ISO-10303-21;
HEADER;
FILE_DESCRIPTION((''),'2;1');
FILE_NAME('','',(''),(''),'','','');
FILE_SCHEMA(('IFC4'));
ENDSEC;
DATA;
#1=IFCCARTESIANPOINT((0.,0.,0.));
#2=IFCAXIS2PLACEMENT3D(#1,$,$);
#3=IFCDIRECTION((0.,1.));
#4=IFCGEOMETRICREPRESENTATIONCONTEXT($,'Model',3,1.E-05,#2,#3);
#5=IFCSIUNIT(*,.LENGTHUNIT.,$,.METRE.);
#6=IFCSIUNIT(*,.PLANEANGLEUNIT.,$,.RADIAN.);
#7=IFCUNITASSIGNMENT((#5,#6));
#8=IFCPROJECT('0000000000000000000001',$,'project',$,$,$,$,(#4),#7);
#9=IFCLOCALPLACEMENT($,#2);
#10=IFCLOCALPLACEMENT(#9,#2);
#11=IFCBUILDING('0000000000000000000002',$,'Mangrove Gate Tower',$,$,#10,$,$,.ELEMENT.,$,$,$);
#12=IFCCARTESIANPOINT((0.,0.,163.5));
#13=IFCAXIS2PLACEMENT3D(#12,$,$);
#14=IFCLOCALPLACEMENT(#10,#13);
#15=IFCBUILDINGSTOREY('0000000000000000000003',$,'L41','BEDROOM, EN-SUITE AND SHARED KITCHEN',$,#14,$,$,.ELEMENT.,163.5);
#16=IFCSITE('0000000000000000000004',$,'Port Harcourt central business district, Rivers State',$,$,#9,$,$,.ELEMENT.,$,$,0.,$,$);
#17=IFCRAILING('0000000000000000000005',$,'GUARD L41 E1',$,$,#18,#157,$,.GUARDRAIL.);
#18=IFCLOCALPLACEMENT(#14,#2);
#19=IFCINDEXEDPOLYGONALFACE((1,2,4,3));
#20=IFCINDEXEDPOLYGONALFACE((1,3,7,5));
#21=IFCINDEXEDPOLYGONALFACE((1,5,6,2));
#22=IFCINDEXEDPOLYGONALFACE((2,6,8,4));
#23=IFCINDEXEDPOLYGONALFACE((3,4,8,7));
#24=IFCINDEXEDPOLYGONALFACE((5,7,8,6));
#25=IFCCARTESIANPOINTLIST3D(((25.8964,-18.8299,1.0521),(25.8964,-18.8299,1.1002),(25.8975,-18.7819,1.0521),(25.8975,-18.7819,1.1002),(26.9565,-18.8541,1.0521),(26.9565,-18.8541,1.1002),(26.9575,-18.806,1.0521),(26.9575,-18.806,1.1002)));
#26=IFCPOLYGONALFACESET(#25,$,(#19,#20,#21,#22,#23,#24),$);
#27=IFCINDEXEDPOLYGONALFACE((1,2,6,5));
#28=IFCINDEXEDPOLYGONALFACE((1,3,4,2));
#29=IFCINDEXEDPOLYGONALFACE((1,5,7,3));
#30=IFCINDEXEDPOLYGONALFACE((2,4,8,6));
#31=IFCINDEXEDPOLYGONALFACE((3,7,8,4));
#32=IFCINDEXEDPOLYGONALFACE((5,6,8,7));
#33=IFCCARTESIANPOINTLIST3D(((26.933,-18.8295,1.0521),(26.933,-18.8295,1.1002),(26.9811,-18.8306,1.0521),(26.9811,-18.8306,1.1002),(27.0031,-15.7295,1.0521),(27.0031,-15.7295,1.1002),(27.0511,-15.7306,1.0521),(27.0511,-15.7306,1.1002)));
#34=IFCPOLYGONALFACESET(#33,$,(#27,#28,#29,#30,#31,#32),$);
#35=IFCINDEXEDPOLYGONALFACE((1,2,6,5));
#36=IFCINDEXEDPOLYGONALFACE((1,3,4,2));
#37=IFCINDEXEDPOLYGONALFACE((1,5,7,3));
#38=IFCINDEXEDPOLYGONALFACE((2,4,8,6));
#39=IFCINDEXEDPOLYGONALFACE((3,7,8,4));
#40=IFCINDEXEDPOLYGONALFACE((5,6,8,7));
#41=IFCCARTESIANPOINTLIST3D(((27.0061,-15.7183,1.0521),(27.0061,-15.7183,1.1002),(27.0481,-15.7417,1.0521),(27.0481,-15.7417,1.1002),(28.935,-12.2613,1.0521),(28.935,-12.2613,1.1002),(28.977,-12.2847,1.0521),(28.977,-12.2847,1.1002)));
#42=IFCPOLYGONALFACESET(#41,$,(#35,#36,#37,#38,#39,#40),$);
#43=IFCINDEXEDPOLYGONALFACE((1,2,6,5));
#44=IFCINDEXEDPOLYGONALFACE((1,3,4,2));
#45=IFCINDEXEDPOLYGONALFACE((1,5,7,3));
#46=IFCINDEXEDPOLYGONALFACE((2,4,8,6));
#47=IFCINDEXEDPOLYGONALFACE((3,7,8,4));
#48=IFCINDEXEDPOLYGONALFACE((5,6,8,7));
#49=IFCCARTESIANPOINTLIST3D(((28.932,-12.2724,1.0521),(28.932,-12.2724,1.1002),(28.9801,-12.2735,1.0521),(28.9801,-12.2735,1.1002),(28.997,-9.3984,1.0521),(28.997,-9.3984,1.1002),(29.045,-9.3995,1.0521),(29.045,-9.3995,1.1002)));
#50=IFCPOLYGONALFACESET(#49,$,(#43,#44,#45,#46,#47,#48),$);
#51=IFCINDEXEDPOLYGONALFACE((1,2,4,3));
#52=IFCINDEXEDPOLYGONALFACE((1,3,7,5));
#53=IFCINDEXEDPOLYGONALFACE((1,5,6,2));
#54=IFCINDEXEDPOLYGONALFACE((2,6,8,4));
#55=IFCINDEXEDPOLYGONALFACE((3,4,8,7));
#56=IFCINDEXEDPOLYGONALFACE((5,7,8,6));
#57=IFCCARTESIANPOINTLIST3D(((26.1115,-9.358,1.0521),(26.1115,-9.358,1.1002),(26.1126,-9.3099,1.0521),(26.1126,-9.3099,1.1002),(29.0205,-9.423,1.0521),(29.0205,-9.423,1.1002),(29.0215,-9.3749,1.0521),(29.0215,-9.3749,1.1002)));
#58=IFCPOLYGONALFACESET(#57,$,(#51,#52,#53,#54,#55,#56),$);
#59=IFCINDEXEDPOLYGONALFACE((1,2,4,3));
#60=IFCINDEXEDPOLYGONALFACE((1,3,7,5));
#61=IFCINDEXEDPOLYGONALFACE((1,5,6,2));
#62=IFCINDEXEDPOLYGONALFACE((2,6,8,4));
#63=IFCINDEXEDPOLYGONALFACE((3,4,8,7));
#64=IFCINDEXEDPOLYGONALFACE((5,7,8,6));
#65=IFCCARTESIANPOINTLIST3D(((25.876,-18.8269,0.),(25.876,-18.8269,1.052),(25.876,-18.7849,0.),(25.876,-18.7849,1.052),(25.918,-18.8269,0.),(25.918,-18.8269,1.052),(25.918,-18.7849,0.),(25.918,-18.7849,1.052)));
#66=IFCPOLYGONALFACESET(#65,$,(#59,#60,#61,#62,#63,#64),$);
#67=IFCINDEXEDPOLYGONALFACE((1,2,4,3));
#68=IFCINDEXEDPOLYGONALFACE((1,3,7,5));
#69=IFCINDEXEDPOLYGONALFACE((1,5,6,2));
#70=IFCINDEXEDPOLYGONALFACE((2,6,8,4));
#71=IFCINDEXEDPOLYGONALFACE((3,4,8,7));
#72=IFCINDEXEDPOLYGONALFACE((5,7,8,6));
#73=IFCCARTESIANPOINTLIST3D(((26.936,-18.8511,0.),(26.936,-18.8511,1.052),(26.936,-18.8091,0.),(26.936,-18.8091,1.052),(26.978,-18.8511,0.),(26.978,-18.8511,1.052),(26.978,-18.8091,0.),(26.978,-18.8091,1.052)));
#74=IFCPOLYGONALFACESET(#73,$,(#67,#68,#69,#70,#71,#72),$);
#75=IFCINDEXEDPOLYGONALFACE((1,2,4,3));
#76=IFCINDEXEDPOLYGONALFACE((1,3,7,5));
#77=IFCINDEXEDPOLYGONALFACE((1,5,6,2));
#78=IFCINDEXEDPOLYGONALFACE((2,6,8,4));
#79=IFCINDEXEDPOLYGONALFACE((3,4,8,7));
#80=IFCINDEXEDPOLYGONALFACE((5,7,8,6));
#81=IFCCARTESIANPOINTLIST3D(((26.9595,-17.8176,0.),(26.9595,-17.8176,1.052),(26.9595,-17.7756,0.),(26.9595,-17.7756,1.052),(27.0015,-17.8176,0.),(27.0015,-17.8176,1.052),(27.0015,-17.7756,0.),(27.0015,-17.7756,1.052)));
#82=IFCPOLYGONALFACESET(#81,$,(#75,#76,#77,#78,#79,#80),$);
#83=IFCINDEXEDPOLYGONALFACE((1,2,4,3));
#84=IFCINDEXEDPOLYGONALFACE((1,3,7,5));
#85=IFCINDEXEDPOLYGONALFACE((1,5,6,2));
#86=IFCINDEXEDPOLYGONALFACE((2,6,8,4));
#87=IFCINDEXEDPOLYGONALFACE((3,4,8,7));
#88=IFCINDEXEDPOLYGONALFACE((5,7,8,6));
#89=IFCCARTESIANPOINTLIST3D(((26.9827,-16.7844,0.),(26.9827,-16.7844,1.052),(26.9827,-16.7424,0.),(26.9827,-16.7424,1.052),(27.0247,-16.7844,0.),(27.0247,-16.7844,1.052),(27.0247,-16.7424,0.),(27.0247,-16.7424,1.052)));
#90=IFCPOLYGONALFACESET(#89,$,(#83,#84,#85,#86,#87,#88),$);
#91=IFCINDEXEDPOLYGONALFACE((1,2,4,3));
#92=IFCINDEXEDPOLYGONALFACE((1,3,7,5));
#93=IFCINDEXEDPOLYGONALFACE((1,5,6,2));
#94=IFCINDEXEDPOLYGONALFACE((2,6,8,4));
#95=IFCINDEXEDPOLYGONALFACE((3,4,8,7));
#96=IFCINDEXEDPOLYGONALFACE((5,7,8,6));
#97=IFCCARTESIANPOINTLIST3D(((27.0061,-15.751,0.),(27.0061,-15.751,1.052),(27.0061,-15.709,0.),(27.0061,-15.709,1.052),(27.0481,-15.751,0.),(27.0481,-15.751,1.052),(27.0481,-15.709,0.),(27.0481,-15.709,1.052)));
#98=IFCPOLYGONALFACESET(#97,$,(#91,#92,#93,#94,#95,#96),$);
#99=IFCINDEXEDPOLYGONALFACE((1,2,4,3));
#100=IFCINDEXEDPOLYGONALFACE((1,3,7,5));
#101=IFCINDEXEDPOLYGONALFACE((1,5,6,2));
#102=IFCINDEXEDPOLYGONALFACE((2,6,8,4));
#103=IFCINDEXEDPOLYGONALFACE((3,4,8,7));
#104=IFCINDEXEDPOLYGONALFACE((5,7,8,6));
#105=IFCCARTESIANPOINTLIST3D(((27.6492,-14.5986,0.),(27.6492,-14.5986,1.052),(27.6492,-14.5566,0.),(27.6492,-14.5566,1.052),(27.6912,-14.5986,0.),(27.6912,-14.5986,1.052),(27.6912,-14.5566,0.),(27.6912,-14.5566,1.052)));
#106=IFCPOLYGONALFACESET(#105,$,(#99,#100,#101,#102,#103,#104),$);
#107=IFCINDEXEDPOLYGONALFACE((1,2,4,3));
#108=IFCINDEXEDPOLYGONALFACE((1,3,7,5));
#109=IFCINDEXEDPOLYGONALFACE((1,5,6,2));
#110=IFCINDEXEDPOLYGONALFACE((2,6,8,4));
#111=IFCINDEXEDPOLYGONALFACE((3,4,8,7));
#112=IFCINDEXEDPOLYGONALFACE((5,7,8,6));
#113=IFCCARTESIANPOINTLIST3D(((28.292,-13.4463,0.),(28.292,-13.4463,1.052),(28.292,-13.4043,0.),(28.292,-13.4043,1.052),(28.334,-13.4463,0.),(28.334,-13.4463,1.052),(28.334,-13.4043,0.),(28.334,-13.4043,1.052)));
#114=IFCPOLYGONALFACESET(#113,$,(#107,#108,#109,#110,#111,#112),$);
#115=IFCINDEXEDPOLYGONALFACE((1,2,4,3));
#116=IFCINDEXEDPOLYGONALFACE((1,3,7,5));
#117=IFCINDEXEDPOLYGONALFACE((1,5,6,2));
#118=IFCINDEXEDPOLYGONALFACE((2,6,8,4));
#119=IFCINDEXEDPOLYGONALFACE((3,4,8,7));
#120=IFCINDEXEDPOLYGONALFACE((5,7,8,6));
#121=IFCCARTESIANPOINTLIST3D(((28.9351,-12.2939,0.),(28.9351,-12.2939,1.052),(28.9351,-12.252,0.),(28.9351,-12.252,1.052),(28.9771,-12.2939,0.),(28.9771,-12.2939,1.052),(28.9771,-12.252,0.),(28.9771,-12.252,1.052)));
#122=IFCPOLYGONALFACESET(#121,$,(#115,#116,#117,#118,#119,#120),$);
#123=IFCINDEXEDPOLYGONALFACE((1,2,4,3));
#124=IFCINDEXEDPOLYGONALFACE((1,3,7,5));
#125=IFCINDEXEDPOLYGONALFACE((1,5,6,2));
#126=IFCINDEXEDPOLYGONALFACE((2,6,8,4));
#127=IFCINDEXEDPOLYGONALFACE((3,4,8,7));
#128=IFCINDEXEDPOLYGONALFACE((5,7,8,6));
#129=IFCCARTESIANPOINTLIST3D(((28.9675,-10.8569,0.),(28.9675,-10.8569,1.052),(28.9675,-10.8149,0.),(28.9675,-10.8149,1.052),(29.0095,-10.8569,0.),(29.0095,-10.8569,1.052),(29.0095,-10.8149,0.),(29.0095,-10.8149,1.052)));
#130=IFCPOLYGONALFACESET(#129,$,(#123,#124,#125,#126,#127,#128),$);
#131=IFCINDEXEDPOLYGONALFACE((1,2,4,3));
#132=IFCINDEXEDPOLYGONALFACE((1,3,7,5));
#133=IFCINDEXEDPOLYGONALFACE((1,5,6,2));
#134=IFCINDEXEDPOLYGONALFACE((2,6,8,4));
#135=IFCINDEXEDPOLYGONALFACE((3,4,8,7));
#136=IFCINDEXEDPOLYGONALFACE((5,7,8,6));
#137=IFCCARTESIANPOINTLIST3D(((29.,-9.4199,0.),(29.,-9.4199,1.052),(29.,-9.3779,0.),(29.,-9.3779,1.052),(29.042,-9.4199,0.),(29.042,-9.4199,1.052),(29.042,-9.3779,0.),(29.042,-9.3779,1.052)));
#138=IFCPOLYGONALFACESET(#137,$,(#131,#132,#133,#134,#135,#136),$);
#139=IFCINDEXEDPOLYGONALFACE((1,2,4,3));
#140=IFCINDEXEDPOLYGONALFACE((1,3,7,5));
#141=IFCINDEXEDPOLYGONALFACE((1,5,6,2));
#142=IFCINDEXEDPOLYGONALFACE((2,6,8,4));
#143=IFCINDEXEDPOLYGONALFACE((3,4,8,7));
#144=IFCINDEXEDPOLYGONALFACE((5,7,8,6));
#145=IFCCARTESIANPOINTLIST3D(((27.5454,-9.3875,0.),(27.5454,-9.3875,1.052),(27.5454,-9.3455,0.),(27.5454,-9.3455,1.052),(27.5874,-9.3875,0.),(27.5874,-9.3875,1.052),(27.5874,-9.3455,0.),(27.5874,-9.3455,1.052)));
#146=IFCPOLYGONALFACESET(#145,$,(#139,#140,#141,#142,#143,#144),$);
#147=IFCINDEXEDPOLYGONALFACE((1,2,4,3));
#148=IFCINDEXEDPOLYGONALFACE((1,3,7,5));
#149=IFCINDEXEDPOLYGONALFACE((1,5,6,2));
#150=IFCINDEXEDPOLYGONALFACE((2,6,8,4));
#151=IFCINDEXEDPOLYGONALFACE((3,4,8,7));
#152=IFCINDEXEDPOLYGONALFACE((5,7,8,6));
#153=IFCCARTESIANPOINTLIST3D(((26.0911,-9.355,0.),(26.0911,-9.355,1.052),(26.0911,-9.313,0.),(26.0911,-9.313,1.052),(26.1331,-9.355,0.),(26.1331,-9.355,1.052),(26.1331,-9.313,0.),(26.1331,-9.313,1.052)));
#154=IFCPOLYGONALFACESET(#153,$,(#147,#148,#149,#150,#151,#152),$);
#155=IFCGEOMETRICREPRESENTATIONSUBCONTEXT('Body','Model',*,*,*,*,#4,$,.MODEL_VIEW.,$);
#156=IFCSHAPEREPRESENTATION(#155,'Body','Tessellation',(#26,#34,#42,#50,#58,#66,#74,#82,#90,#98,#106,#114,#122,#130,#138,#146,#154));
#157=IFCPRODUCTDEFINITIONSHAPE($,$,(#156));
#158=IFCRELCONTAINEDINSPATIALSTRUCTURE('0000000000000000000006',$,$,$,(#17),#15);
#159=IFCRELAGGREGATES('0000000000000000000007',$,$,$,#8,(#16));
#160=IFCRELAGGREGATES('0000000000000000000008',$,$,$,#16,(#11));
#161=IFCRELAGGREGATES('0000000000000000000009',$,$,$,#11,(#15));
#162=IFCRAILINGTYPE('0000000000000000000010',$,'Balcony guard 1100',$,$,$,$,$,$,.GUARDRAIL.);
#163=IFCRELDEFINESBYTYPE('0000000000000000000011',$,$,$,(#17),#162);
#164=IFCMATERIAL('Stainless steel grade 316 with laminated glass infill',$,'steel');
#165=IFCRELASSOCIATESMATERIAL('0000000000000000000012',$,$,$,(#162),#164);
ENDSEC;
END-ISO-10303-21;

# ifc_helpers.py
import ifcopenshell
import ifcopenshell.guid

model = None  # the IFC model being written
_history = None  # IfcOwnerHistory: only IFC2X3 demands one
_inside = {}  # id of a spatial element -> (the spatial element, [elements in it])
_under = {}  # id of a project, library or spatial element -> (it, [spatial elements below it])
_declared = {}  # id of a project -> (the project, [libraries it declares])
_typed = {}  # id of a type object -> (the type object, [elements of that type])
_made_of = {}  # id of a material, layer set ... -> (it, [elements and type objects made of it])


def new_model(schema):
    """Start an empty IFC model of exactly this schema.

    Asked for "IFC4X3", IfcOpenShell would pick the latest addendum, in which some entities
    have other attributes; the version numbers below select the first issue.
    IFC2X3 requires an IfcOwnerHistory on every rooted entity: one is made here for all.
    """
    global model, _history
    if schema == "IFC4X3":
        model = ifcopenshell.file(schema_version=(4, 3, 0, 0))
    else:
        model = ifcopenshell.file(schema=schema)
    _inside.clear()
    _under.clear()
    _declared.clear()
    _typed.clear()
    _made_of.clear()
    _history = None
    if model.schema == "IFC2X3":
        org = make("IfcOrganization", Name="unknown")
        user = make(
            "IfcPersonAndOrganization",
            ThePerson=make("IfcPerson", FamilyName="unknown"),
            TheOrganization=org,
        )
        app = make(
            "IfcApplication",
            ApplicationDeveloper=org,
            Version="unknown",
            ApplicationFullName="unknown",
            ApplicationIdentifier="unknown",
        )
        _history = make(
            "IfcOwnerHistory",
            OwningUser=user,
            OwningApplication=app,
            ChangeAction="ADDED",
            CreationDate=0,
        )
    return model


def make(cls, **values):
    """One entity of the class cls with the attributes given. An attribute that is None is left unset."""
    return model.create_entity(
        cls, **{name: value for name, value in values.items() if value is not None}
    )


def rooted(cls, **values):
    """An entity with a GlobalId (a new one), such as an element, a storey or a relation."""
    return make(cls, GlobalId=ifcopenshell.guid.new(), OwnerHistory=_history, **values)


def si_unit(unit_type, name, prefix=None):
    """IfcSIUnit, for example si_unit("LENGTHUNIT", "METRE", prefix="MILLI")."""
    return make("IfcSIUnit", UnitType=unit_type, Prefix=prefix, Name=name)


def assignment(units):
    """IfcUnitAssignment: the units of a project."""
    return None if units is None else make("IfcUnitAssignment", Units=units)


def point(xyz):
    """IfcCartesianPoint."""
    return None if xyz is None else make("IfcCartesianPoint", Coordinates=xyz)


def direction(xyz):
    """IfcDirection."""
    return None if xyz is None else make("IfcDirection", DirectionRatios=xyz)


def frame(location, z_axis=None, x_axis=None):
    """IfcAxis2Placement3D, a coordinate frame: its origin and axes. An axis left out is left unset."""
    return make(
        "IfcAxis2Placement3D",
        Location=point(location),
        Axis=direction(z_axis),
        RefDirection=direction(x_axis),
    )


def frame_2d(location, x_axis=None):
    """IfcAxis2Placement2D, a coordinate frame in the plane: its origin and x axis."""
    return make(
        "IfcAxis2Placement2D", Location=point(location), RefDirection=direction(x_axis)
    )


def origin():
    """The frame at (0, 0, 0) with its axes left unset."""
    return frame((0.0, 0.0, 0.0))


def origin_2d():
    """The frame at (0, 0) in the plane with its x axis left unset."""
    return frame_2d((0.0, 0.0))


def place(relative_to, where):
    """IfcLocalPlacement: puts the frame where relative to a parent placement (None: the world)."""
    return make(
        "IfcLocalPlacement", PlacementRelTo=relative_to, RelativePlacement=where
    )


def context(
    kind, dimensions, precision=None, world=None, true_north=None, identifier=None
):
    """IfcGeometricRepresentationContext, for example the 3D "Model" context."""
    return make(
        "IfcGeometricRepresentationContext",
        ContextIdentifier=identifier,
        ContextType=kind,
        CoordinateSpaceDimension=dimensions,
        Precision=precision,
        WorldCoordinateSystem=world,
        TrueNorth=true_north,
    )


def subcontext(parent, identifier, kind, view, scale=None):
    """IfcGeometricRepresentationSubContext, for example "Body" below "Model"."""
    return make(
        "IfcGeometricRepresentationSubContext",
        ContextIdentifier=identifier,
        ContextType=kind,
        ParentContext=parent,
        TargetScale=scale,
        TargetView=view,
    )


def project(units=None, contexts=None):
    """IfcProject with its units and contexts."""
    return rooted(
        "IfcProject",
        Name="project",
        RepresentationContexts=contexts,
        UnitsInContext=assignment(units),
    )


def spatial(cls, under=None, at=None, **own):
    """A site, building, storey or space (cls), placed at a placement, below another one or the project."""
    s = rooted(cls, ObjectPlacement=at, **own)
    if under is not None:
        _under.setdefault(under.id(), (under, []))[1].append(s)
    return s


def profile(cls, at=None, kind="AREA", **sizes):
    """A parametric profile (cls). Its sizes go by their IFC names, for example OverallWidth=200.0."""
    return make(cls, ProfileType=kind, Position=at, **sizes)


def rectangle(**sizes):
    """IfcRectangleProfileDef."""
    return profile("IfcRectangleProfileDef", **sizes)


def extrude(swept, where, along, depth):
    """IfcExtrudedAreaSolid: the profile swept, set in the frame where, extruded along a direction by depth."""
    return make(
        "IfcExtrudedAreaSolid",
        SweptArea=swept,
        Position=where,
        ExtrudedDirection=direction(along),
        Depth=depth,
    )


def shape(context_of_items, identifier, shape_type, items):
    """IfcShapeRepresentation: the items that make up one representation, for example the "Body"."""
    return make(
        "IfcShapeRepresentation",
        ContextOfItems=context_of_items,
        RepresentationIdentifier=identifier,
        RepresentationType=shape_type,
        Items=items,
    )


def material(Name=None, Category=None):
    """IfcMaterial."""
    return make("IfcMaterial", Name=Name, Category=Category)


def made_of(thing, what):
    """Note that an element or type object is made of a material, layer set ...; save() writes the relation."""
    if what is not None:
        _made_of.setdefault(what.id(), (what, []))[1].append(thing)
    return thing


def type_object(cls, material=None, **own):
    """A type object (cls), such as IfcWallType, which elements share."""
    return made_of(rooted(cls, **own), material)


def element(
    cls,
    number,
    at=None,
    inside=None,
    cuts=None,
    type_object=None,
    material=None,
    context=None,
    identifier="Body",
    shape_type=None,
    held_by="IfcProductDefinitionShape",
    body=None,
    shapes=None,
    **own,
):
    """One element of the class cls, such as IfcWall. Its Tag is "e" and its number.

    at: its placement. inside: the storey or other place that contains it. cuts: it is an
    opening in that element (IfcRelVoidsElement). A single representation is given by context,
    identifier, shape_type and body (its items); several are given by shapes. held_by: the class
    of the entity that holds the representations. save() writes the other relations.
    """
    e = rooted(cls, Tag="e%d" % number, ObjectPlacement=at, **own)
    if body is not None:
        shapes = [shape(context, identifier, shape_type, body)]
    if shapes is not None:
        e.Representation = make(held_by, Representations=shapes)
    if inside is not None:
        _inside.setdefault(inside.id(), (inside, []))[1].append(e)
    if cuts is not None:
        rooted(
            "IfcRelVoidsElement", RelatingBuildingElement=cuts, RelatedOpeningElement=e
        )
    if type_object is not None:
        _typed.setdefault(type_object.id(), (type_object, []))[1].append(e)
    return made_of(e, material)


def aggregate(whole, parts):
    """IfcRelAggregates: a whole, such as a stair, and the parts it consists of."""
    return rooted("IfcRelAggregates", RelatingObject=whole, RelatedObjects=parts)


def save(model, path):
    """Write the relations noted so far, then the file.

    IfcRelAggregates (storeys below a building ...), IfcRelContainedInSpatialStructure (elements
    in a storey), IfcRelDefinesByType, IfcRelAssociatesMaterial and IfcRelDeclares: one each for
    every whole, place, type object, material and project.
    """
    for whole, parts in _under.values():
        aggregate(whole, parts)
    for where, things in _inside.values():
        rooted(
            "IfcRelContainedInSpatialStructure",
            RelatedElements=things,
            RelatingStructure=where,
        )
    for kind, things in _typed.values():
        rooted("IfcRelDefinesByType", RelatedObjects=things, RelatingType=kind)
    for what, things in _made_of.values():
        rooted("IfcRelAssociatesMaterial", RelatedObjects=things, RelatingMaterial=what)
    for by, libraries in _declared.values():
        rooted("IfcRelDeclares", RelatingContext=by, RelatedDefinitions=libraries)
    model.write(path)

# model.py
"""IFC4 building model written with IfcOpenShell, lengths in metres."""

from ifc_helpers import new_model, si_unit, direction, frame, origin, origin_2d, place, context, subcontext, project, spatial, rectangle, extrude, material, type_object, element, save


model = new_model("IFC4")

# Units and contexts
model_context = context("Model", 3, precision=1e-05, world=origin(), true_north=direction((0.0, 1.0)))
body_context = subcontext(model_context, "Body", "Model", "MODEL_VIEW")
ifc_project = project(units=[si_unit("LENGTHUNIT", "METRE"), si_unit("PLANEANGLEUNIT", "RADIAN")], contexts=[model_context])

# Site, building, storey
site_placement = place(None, origin())
site = spatial("IfcSite", under=ifc_project, at=site_placement, Name="Port Harcourt central business district, Rivers State", CompositionType="ELEMENT", RefElevation=0.0)
building_placement = place(site_placement, origin())
building = spatial("IfcBuilding", under=site, at=building_placement, Name="Mangrove Gate Tower", CompositionType="ELEMENT")
storey_placement = place(building_placement, frame((0.0, 0.0, 163.5)))
storey = spatial("IfcBuildingStorey", under=building, at=storey_placement, Name="L41", Description="BEDROOM, EN-SUITE AND SHARED KITCHEN", CompositionType="ELEMENT", Elevation=163.5)

# Railing
ifc_material_1 = material(Name="Stainless steel grade 316 with laminated glass infill", Category="steel")
railing_type = type_object("IfcRailingType", Name="Balcony guard 1100", PredefinedType="GUARDRAIL", material=ifc_material_1)
railing_placement = place(storey_placement, frame((25.897, -18.8059, 0.0)))
element("IfcRailing", 1, at=railing_placement, inside=storey, type_object=railing_type, Name="GUARD L41 E1", PredefinedType="GUARDRAIL", context=body_context, shape_type="SweptSolid", body=[
    extrude(rectangle(XDim=0.0481, YDim=0.0481, at=origin_2d()), frame((0.0, 0.0, 1.0762), z_axis=(0.99974, -0.022795, 0.0), x_axis=(0.022795, 0.99974, 0.0)), (0.0, 0.0, 1.0), 1.0603),
    extrude(rectangle(XDim=0.0481, YDim=0.0481, at=origin_2d()), frame((1.0601, -0.0242, 1.0762), z_axis=(0.022596, 0.999745, 0.0), x_axis=(-0.999745, 0.022596, 0.0)), (0.0, 0.0, 1.0), 3.1008),
    extrude(rectangle(XDim=0.0481, YDim=0.0481, at=origin_2d()), frame((1.1301, 3.0759, 1.0762), z_axis=(0.48726, 0.873257, 0.0), x_axis=(-0.873257, 0.48726, 0.0)), (0.0, 0.0, 1.0), 3.9587),
    extrude(rectangle(XDim=0.0481, YDim=0.0481, at=origin_2d()), frame((3.0591, 6.533, 1.0762), z_axis=(0.02259, 0.999745, 0.0), x_axis=(-0.999745, 0.02259, 0.0)), (0.0, 0.0, 1.0), 2.8748),
    extrude(rectangle(XDim=0.0481, YDim=0.0481, at=origin_2d()), frame((3.124, 9.407, 1.0762), z_axis=(-0.999751, 0.022319, 0.0), x_axis=(-0.022319, -0.999751, 0.0)), (0.0, 0.0, 1.0), 2.9097),
    extrude(rectangle(XDim=0.042, YDim=0.042, at=origin_2d()), origin(), (0.0, 0.0, 1.0), 1.052),
    extrude(rectangle(XDim=0.042, YDim=0.042, at=origin_2d()), frame((1.0601, -0.0242, 0.0)), (0.0, 0.0, 1.0), 1.052),
    extrude(rectangle(XDim=0.042, YDim=0.042, at=origin_2d()), frame((1.0835, 1.0093, 0.0)), (0.0, 0.0, 1.0), 1.052),
    extrude(rectangle(XDim=0.042, YDim=0.042, at=origin_2d()), frame((1.1067, 2.0425, 0.0)), (0.0, 0.0, 1.0), 1.052),
    extrude(rectangle(XDim=0.042, YDim=0.042, at=origin_2d()), frame((1.1301, 3.0759, 0.0)), (0.0, 0.0, 1.0), 1.052),
    extrude(rectangle(XDim=0.042, YDim=0.042, at=origin_2d()), frame((1.7732, 4.2283, 0.0)), (0.0, 0.0, 1.0), 1.052),
    extrude(rectangle(XDim=0.042, YDim=0.042, at=origin_2d()), frame((2.416, 5.3806, 0.0)), (0.0, 0.0, 1.0), 1.052),
    extrude(rectangle(XDim=0.042, YDim=0.042, at=origin_2d()), frame((3.0591, 6.533, 0.0)), (0.0, 0.0, 1.0), 1.052),
    extrude(rectangle(XDim=0.042, YDim=0.042, at=origin_2d()), frame((3.0916, 7.97, 0.0)), (0.0, 0.0, 1.0), 1.052),
    extrude(rectangle(XDim=0.042, YDim=0.042, at=origin_2d()), frame((3.124, 9.407, 0.0)), (0.0, 0.0, 1.0), 1.052),
    extrude(rectangle(XDim=0.042, YDim=0.042, at=origin_2d()), frame((1.6694, 9.4395, 0.0)), (0.0, 0.0, 1.0), 1.052),
    extrude(rectangle(XDim=0.042, YDim=0.042, at=origin_2d()), frame((0.2151, 9.4719, 0.0)), (0.0, 0.0, 1.0), 1.052),
])

save(model, "model.ifc")
